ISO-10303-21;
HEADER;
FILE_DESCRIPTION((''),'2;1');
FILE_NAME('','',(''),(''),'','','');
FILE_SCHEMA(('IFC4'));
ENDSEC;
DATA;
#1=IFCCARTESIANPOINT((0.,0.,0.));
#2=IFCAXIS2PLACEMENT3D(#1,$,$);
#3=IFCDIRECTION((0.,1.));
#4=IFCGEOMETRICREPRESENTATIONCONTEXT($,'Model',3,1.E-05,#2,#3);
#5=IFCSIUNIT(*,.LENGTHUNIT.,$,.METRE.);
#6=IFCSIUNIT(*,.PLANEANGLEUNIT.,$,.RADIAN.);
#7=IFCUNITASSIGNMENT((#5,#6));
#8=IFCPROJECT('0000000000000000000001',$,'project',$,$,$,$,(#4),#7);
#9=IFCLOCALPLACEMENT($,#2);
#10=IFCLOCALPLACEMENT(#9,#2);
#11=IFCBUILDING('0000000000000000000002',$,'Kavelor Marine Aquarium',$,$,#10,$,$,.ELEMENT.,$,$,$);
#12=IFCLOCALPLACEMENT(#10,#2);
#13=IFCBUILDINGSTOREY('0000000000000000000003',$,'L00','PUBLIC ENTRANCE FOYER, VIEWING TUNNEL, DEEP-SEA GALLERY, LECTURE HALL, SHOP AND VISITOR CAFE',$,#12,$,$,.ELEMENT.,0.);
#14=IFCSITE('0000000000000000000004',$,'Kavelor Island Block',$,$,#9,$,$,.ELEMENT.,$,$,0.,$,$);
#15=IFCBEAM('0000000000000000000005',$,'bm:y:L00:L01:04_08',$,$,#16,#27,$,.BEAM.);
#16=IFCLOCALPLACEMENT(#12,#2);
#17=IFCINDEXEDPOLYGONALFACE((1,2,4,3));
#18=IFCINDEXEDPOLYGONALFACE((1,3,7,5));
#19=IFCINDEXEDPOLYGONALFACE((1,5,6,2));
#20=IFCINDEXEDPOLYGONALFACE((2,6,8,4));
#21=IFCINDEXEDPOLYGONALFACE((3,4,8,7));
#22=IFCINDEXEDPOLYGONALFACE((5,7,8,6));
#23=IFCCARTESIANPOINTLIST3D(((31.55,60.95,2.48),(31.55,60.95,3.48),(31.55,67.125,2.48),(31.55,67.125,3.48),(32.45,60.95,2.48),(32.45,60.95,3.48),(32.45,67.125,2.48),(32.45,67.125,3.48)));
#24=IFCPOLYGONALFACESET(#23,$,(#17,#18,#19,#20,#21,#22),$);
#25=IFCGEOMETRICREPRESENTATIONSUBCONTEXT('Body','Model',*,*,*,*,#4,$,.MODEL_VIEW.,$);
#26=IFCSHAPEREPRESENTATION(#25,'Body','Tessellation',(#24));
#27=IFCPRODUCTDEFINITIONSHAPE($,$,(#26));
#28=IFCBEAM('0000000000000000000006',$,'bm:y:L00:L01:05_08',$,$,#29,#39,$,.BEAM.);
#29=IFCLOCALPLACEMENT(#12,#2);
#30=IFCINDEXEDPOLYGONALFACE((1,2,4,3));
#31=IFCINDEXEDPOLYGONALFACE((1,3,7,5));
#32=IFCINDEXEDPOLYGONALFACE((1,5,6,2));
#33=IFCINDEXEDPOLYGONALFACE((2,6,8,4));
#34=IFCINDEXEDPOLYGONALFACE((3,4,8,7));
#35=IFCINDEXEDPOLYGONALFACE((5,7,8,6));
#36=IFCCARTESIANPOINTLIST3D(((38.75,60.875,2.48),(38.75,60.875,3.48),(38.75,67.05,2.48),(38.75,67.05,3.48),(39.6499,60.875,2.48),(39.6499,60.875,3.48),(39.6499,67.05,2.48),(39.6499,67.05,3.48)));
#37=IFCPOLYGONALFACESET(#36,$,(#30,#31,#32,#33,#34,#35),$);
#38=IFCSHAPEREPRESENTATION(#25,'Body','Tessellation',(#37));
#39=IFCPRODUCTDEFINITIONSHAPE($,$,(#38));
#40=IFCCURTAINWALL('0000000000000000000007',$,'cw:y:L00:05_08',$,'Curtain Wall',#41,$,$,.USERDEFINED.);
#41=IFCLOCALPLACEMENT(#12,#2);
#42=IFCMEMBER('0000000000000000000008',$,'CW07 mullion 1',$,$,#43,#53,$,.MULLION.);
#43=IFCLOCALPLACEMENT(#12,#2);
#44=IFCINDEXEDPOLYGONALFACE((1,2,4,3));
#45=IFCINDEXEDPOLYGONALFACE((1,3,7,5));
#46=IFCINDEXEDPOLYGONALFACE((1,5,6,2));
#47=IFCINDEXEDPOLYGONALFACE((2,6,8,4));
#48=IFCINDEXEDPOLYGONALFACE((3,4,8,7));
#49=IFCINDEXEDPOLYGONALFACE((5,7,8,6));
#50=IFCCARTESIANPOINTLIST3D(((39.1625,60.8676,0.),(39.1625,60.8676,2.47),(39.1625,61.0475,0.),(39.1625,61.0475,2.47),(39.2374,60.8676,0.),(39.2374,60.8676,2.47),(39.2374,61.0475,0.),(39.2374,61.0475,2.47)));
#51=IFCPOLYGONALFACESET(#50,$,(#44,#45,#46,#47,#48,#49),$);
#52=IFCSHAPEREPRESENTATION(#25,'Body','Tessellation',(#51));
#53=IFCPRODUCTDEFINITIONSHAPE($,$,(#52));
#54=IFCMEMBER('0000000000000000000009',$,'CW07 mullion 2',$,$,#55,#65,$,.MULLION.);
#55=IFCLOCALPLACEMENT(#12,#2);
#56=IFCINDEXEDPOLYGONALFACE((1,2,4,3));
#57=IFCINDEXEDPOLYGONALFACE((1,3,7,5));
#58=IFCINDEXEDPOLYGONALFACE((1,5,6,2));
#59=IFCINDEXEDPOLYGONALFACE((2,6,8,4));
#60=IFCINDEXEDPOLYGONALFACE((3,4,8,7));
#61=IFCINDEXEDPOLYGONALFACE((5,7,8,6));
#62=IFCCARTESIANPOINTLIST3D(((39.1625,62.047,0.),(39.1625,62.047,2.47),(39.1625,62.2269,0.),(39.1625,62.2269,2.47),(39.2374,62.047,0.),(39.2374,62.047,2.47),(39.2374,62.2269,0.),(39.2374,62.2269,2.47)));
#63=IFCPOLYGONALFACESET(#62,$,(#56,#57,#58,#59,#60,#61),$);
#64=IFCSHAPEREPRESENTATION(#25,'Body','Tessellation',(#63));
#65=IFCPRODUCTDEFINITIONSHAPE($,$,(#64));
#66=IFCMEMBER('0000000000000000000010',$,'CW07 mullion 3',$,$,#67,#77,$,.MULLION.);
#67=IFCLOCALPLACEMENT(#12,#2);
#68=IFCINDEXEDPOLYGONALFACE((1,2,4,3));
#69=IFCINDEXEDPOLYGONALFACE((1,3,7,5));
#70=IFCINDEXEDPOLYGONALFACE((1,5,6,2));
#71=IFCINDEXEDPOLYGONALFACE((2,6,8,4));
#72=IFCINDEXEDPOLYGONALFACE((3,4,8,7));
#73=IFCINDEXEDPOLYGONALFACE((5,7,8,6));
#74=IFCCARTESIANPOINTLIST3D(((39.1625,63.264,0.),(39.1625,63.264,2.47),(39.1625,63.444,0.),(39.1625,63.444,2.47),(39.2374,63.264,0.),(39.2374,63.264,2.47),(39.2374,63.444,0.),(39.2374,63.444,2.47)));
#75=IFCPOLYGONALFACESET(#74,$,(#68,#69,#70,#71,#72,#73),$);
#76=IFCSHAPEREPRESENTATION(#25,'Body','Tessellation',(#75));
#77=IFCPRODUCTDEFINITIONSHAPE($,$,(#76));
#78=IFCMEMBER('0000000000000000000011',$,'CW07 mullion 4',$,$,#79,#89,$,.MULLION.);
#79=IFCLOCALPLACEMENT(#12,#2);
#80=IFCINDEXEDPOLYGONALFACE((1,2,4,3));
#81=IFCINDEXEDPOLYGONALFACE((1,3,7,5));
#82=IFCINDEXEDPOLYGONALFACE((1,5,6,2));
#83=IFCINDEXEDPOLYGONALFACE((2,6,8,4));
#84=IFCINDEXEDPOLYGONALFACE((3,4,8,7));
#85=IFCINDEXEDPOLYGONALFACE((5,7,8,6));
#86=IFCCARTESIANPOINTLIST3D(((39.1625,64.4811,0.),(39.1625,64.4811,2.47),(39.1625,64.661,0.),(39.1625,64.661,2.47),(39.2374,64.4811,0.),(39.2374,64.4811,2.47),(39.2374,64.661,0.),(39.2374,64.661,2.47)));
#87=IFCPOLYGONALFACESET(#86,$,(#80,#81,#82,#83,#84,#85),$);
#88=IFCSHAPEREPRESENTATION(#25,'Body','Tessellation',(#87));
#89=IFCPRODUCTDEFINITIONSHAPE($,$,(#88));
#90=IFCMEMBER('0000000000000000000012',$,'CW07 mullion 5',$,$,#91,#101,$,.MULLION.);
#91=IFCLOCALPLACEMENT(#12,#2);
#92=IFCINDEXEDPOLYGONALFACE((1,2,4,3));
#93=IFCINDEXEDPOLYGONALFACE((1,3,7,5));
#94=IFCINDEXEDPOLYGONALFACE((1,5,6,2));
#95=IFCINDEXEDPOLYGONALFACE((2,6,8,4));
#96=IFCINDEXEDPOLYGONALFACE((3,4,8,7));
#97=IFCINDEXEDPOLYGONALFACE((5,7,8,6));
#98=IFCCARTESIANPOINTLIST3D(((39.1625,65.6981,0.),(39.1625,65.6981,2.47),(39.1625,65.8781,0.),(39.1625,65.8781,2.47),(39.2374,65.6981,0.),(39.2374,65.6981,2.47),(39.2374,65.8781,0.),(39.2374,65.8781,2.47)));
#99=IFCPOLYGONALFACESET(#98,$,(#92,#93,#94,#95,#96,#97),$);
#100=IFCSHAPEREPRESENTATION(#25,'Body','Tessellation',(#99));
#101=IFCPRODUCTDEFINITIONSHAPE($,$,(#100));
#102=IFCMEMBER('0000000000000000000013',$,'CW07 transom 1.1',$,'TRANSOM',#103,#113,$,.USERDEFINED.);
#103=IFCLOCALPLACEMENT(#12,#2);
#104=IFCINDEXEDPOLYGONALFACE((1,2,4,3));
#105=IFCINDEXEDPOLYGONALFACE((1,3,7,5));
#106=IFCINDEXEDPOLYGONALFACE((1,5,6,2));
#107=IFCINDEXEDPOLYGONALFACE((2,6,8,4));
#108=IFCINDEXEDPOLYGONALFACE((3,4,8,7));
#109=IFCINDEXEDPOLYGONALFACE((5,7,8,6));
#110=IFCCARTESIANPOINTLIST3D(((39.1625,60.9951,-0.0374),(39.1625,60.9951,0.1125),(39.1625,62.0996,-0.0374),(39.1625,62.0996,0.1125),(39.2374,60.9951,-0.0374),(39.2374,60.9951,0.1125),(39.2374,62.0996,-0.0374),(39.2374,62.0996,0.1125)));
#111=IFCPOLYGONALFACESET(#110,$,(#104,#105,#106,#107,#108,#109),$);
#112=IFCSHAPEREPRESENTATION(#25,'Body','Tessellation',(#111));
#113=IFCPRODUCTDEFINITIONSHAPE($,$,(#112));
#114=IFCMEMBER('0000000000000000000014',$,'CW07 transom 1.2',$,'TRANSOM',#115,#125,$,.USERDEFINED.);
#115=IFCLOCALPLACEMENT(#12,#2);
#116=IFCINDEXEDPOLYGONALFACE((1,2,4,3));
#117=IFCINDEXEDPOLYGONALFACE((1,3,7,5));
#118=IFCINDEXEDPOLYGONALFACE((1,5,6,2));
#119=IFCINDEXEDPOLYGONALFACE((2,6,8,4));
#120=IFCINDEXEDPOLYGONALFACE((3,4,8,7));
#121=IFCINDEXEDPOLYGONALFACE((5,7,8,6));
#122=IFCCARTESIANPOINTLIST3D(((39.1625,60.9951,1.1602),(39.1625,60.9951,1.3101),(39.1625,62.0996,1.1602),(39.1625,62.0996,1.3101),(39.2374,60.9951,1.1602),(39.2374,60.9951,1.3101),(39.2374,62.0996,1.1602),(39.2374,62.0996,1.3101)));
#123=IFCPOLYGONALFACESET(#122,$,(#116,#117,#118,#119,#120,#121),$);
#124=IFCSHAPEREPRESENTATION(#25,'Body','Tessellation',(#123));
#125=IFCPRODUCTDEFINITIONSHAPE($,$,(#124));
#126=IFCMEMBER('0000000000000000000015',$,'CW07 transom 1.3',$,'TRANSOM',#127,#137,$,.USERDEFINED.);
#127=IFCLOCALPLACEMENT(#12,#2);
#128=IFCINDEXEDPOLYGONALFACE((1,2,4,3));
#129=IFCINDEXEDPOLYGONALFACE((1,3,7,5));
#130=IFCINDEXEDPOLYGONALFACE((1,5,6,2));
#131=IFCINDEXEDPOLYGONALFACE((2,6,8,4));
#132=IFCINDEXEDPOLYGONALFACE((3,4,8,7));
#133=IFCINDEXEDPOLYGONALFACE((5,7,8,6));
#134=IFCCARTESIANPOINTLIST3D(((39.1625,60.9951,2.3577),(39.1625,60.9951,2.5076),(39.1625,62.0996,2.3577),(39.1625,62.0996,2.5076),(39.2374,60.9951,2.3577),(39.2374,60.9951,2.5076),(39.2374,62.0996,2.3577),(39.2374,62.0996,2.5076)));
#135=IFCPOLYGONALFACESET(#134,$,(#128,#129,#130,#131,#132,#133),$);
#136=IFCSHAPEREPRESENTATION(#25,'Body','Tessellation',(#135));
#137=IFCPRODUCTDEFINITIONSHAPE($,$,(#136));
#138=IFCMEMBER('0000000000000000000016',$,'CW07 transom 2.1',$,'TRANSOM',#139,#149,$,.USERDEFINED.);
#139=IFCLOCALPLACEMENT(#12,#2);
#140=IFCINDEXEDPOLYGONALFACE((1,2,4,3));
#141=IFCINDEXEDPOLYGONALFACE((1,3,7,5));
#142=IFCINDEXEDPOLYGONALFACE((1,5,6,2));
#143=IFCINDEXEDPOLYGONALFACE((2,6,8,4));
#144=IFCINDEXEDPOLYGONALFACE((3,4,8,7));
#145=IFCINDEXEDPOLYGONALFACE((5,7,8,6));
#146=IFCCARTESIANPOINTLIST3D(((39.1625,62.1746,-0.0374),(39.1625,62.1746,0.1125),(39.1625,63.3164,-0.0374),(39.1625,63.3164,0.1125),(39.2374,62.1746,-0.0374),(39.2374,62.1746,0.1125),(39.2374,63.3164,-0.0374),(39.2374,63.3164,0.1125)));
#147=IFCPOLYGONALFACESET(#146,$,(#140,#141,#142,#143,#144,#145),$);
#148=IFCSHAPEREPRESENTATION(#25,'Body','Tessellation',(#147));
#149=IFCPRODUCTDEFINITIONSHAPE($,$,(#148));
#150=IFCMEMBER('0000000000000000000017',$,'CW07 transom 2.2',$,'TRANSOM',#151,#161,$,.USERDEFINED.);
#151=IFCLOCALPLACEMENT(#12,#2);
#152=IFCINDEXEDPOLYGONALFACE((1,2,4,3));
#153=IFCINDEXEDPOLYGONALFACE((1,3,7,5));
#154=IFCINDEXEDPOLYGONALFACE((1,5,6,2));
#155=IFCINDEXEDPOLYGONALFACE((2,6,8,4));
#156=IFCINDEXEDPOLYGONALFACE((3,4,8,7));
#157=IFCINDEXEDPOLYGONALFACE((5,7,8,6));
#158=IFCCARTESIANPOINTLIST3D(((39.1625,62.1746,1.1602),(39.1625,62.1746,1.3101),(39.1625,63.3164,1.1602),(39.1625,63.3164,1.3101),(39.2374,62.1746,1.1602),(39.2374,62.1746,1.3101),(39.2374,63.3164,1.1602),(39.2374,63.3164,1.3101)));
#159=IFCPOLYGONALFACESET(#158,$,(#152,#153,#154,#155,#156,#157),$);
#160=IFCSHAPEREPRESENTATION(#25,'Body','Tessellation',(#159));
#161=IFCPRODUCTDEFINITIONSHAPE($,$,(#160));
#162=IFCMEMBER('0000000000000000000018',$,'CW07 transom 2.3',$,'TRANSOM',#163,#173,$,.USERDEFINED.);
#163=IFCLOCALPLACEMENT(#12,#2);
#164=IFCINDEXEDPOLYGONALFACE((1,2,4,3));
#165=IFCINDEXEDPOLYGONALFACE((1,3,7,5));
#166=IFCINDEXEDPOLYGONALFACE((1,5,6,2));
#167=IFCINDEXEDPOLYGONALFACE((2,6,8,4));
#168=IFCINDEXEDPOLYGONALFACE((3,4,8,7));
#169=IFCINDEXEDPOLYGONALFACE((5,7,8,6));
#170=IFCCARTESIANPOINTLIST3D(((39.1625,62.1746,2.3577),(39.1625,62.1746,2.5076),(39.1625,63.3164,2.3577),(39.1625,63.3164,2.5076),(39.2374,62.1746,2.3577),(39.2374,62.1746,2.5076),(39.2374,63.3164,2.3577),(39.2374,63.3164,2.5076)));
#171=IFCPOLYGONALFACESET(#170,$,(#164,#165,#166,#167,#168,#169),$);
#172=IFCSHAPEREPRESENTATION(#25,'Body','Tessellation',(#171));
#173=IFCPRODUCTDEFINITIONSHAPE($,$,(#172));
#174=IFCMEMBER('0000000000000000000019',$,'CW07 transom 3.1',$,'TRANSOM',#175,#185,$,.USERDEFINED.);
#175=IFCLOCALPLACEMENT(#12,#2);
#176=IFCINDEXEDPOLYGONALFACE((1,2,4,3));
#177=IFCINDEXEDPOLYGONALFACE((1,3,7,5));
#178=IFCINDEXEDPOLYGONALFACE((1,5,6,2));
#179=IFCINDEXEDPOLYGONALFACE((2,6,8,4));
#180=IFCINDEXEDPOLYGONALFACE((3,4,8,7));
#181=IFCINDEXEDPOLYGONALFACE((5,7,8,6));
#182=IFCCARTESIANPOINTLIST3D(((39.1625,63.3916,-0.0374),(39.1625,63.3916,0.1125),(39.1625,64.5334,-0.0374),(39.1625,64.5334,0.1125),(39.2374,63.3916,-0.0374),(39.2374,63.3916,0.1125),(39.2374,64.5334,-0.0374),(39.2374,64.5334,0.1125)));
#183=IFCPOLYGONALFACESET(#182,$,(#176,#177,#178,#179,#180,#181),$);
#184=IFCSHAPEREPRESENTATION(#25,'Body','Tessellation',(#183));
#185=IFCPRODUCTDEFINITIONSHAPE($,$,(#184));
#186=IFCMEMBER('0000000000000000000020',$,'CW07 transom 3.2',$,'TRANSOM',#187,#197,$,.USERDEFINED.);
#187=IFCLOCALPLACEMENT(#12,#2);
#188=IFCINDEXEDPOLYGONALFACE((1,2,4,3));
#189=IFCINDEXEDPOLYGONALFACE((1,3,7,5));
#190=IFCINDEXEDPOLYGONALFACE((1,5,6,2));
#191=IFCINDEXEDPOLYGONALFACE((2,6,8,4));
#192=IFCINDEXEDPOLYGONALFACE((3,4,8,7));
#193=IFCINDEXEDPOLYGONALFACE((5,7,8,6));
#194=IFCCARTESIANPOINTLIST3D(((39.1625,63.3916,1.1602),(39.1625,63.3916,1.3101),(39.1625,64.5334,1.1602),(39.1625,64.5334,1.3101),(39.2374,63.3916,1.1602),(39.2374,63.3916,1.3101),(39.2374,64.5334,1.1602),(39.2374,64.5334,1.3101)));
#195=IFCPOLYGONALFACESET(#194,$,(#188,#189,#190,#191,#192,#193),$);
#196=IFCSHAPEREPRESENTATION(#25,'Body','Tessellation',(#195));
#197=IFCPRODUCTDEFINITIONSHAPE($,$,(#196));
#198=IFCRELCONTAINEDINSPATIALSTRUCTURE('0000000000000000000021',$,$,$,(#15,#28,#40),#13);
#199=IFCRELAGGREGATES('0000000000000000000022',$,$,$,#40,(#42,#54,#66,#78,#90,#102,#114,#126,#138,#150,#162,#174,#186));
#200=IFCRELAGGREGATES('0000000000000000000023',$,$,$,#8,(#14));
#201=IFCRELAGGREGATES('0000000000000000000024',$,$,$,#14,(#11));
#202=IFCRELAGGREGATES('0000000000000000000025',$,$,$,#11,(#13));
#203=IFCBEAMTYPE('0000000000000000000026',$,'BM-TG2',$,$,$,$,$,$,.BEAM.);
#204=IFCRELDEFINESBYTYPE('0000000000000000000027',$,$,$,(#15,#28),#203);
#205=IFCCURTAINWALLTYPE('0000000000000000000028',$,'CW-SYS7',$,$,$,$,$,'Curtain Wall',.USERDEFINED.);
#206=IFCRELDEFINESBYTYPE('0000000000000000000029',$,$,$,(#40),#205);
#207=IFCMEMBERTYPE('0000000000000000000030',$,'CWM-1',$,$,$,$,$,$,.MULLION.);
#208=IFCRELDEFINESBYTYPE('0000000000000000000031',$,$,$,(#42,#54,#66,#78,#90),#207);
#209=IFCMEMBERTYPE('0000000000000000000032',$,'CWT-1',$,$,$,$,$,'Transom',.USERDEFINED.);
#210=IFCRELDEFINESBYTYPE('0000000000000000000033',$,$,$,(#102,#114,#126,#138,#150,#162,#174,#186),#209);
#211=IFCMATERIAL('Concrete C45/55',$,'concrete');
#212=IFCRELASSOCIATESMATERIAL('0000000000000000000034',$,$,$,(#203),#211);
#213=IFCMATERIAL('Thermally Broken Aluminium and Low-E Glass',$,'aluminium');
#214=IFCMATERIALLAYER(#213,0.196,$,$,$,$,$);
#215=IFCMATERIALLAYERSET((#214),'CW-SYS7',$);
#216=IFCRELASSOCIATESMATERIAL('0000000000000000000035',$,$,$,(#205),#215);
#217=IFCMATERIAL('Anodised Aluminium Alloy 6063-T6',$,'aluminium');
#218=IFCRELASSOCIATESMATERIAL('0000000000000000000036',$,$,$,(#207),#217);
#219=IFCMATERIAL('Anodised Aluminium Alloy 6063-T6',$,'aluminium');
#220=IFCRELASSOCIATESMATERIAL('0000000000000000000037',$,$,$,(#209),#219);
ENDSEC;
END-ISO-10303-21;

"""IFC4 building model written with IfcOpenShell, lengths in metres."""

from ifc_helpers import new_model, si_unit, direction, frame, origin, origin_2d, place, context, subcontext, project, spatial, rectangle, extrude, material, layer, layer_set, material_profile, profile_set, type_object, element, aggregate, save


model = new_model("IFC4")

# Units and contexts
model_context = context("Model", 3, precision=1e-05, world=origin(), true_north=direction((0.0, 1.0)))
body_context = subcontext(model_context, "Body", "Model", "MODEL_VIEW")
ifc_project = project(units=[si_unit("LENGTHUNIT", "METRE"), si_unit("PLANEANGLEUNIT", "RADIAN")], contexts=[model_context])

# Site, building, storey
site_placement = place(None, origin())
site = spatial("IfcSite", under=ifc_project, at=site_placement, Name="Kavelor Island Block", CompositionType="ELEMENT", RefElevation=0.0)
building_placement = place(site_placement, origin())
building = spatial("IfcBuilding", under=site, at=building_placement, Name="Kavelor Marine Aquarium", CompositionType="ELEMENT")
storey_placement = place(building_placement, origin())
storey = spatial("IfcBuildingStorey", under=building, at=storey_placement, Name="L00", Description="PUBLIC ENTRANCE FOYER, VIEWING TUNNEL, DEEP-SEA GALLERY, LECTURE HALL, SHOP AND VISITOR CAFE", CompositionType="ELEMENT", Elevation=0.0)

# Beams
ifc_material_1 = material(Name="Concrete C45/55", Category="concrete")
ifc_material_profile_1 = material_profile(ifc_material_1, rectangle(XDim=0.8999, YDim=1.0, at=origin_2d()), Name="RC-TG 900x1000")
ifc_profile_set_1 = profile_set([ifc_material_profile_1], Name="Concrete C45/55")
beam_type = type_object("IfcBeamType", Name="BM-TG2", PredefinedType="BEAM", material=ifc_profile_set_1)
for number, where, z_axis, x_axis, name in (
    (1, (32.0, 60.95, 2.98), (0.0, 1.0, 0.0), (-1.0, 0.0, 0.0), "bm:y:L00:L01:04_08"),
    (2, (39.2, 60.875, 2.98), (0.0, 1.0, 0.0), (-1.0, 0.0, 0.0), "bm:y:L00:L01:05_08"),
):
    element("IfcBeam", number, at=place(storey_placement, frame(where, z_axis=z_axis, x_axis=x_axis)), inside=storey, type_object=beam_type, Name=name, PredefinedType="BEAM", context=body_context, shape_type="SweptSolid", body=[
        extrude(rectangle(XDim=0.8999, YDim=1.0, at=origin_2d()), origin(), (0.0, 0.0, 1.0), 6.175),
    ])

# Curtain wall, members
ifc_material_2 = material(Name="Thermally Broken Aluminium and Low-E Glass", Category="aluminium")
ifc_layer_1 = layer(ifc_material_2, 0.196)
ifc_layer_set_1 = layer_set([ifc_layer_1], Name="CW-SYS7")
curtain_wall_type = type_object("IfcCurtainWallType", Name="CW-SYS7", ElementType="Curtain Wall", PredefinedType="USERDEFINED", material=ifc_layer_set_1)
curtain_wall_placement = place(storey_placement, origin())
curtain_wall = element("IfcCurtainWall", 3, at=curtain_wall_placement, inside=storey, type_object=curtain_wall_type, Name="cw:y:L00:05_08", ObjectType="Curtain Wall", PredefinedType="USERDEFINED")
ifc_material_3 = material(Name="Anodised Aluminium Alloy 6063-T6", Category="aluminium")
ifc_material_profile_2 = material_profile(ifc_material_3, rectangle(XDim=0.075, YDim=0.1799, at=origin_2d()), Name="CW-MUL 75x180")
ifc_profile_set_2 = profile_set([ifc_material_profile_2], Name="Anodised Aluminium Alloy 6063-T6")
member_type_1 = type_object("IfcMemberType", Name="CWM-1", PredefinedType="MULLION", material=ifc_profile_set_2)
member_1_placement = place(storey_placement, frame((39.2, 60.9575, 0.0), z_axis=(0.0, 0.0, 1.0), x_axis=(-1.0, 0.0, 0.0)))
member_1 = element("IfcMember", 4, at=member_1_placement, type_object=member_type_1, Name="CW07 mullion 1", PredefinedType="MULLION", context=body_context, shape_type="SweptSolid", body=[
    extrude(rectangle(XDim=0.075, YDim=0.1799, at=origin_2d()), origin(), (0.0, 0.0, 1.0), 2.47),
])
member_2_placement = place(storey_placement, frame((39.2, 62.137, 0.0), z_axis=(0.0, 0.0, 1.0), x_axis=(-1.0, 0.0, 0.0)))
member_2 = element("IfcMember", 5, at=member_2_placement, type_object=member_type_1, Name="CW07 mullion 2", PredefinedType="MULLION", context=body_context, shape_type="SweptSolid", body=[
    extrude(rectangle(XDim=0.075, YDim=0.1799, at=origin_2d()), origin(), (0.0, 0.0, 1.0), 2.47),
])
member_3_placement = place(storey_placement, frame((39.2, 63.354, 0.0), z_axis=(0.0, 0.0, 1.0), x_axis=(-1.0, 0.0, 0.0)))
member_3 = element("IfcMember", 6, at=member_3_placement, type_object=member_type_1, Name="CW07 mullion 3", PredefinedType="MULLION", context=body_context, shape_type="SweptSolid", body=[
    extrude(rectangle(XDim=0.075, YDim=0.1799, at=origin_2d()), origin(), (0.0, 0.0, 1.0), 2.47),
])
member_4_placement = place(storey_placement, frame((39.2, 64.571, 0.0), z_axis=(0.0, 0.0, 1.0), x_axis=(-1.0, 0.0, 0.0)))
member_4 = element("IfcMember", 7, at=member_4_placement, type_object=member_type_1, Name="CW07 mullion 4", PredefinedType="MULLION", context=body_context, shape_type="SweptSolid", body=[
    extrude(rectangle(XDim=0.075, YDim=0.1799, at=origin_2d()), origin(), (0.0, 0.0, 1.0), 2.47),
])
member_5_placement = place(storey_placement, frame((39.2, 65.7881, 0.0), z_axis=(0.0, 0.0, 1.0), x_axis=(-1.0, 0.0, 0.0)))
member_5 = element("IfcMember", 8, at=member_5_placement, type_object=member_type_1, Name="CW07 mullion 5", PredefinedType="MULLION", context=body_context, shape_type="SweptSolid", body=[
    extrude(rectangle(XDim=0.075, YDim=0.1799, at=origin_2d()), origin(), (0.0, 0.0, 1.0), 2.47),
])
ifc_material_4 = material(Name="Anodised Aluminium Alloy 6063-T6", Category="aluminium")
ifc_material_profile_3 = material_profile(ifc_material_4, rectangle(XDim=0.075, YDim=0.1499, at=origin_2d()), Name="CW-TRN 75x150")
ifc_profile_set_3 = profile_set([ifc_material_profile_3], Name="Anodised Aluminium Alloy 6063-T6")
member_type_2 = type_object("IfcMemberType", Name="CWT-1", ElementType="Transom", PredefinedType="USERDEFINED", material=ifc_profile_set_3)
member_6_placement = place(storey_placement, frame((39.2, 60.9951, 0.0376), z_axis=(0.0, 1.0, 0.0), x_axis=(-1.0, 0.0, 0.0)))
member_6 = element("IfcMember", 9, at=member_6_placement, type_object=member_type_2, Name="CW07 transom 1.1", ObjectType="TRANSOM", PredefinedType="USERDEFINED", context=body_context, shape_type="SweptSolid", body=[
    extrude(rectangle(XDim=0.075, YDim=0.1499, at=origin_2d()), origin(), (0.0, 0.0, 1.0), 1.1045),
])
member_7_placement = place(storey_placement, frame((39.2, 60.9951, 1.2351), z_axis=(0.0, 1.0, 0.0), x_axis=(-1.0, 0.0, 0.0)))
member_7 = element("IfcMember", 10, at=member_7_placement, type_object=member_type_2, Name="CW07 transom 1.2", ObjectType="TRANSOM", PredefinedType="USERDEFINED", context=body_context, shape_type="SweptSolid", body=[
    extrude(rectangle(XDim=0.075, YDim=0.1499, at=origin_2d()), origin(), (0.0, 0.0, 1.0), 1.1045),
])
member_8_placement = place(storey_placement, frame((39.2, 60.9951, 2.4326), z_axis=(0.0, 1.0, 0.0), x_axis=(-1.0, 0.0, 0.0)))
member_8 = element("IfcMember", 11, at=member_8_placement, type_object=member_type_2, Name="CW07 transom 1.3", ObjectType="TRANSOM", PredefinedType="USERDEFINED", context=body_context, shape_type="SweptSolid", body=[
    extrude(rectangle(XDim=0.075, YDim=0.1499, at=origin_2d()), origin(), (0.0, 0.0, 1.0), 1.1045),
])
member_9_placement = place(storey_placement, frame((39.2, 62.1746, 0.0376), z_axis=(0.0, 1.0, 0.0), x_axis=(-1.0, 0.0, 0.0)))
member_9 = element("IfcMember", 12, at=member_9_placement, type_object=member_type_2, Name="CW07 transom 2.1", ObjectType="TRANSOM", PredefinedType="USERDEFINED", context=body_context, shape_type="SweptSolid", body=[
    extrude(rectangle(XDim=0.075, YDim=0.1499, at=origin_2d()), origin(), (0.0, 0.0, 1.0), 1.1418),
])
member_10_placement = place(storey_placement, frame((39.2, 62.1746, 1.2351), z_axis=(0.0, 1.0, 0.0), x_axis=(-1.0, 0.0, 0.0)))
member_10 = element("IfcMember", 13, at=member_10_placement, type_object=member_type_2, Name="CW07 transom 2.2", ObjectType="TRANSOM", PredefinedType="USERDEFINED", context=body_context, shape_type="SweptSolid", body=[
    extrude(rectangle(XDim=0.075, YDim=0.1499, at=origin_2d()), origin(), (0.0, 0.0, 1.0), 1.1418),
])
member_11_placement = place(storey_placement, frame((39.2, 62.1746, 2.4326), z_axis=(0.0, 1.0, 0.0), x_axis=(-1.0, 0.0, 0.0)))
member_11 = element("IfcMember", 14, at=member_11_placement, type_object=member_type_2, Name="CW07 transom 2.3", ObjectType="TRANSOM", PredefinedType="USERDEFINED", context=body_context, shape_type="SweptSolid", body=[
    extrude(rectangle(XDim=0.075, YDim=0.1499, at=origin_2d()), origin(), (0.0, 0.0, 1.0), 1.1418),
])
member_12_placement = place(storey_placement, frame((39.2, 63.3916, 0.0376), z_axis=(0.0, 1.0, 0.0), x_axis=(-1.0, 0.0, 0.0)))
member_12 = element("IfcMember", 15, at=member_12_placement, type_object=member_type_2, Name="CW07 transom 3.1", ObjectType="TRANSOM", PredefinedType="USERDEFINED", context=body_context, shape_type="SweptSolid", body=[
    extrude(rectangle(XDim=0.075, YDim=0.1499, at=origin_2d()), origin(), (0.0, 0.0, 1.0), 1.1418),
])
member_13_placement = place(storey_placement, frame((39.2, 63.3916, 1.2351), z_axis=(0.0, 1.0, 0.0), x_axis=(-1.0, 0.0, 0.0)))
member_13 = element("IfcMember", 16, at=member_13_placement, type_object=member_type_2, Name="CW07 transom 3.2", ObjectType="TRANSOM", PredefinedType="USERDEFINED", context=body_context, shape_type="SweptSolid", body=[
    extrude(rectangle(XDim=0.075, YDim=0.1499, at=origin_2d()), origin(), (0.0, 0.0, 1.0), 1.1418),
])
aggregate(curtain_wall, [member_1, member_2, member_3, member_4, member_5, member_6, member_7, member_8, member_9, member_10, member_11, member_12, member_13])

save(model, "model.ifc")
